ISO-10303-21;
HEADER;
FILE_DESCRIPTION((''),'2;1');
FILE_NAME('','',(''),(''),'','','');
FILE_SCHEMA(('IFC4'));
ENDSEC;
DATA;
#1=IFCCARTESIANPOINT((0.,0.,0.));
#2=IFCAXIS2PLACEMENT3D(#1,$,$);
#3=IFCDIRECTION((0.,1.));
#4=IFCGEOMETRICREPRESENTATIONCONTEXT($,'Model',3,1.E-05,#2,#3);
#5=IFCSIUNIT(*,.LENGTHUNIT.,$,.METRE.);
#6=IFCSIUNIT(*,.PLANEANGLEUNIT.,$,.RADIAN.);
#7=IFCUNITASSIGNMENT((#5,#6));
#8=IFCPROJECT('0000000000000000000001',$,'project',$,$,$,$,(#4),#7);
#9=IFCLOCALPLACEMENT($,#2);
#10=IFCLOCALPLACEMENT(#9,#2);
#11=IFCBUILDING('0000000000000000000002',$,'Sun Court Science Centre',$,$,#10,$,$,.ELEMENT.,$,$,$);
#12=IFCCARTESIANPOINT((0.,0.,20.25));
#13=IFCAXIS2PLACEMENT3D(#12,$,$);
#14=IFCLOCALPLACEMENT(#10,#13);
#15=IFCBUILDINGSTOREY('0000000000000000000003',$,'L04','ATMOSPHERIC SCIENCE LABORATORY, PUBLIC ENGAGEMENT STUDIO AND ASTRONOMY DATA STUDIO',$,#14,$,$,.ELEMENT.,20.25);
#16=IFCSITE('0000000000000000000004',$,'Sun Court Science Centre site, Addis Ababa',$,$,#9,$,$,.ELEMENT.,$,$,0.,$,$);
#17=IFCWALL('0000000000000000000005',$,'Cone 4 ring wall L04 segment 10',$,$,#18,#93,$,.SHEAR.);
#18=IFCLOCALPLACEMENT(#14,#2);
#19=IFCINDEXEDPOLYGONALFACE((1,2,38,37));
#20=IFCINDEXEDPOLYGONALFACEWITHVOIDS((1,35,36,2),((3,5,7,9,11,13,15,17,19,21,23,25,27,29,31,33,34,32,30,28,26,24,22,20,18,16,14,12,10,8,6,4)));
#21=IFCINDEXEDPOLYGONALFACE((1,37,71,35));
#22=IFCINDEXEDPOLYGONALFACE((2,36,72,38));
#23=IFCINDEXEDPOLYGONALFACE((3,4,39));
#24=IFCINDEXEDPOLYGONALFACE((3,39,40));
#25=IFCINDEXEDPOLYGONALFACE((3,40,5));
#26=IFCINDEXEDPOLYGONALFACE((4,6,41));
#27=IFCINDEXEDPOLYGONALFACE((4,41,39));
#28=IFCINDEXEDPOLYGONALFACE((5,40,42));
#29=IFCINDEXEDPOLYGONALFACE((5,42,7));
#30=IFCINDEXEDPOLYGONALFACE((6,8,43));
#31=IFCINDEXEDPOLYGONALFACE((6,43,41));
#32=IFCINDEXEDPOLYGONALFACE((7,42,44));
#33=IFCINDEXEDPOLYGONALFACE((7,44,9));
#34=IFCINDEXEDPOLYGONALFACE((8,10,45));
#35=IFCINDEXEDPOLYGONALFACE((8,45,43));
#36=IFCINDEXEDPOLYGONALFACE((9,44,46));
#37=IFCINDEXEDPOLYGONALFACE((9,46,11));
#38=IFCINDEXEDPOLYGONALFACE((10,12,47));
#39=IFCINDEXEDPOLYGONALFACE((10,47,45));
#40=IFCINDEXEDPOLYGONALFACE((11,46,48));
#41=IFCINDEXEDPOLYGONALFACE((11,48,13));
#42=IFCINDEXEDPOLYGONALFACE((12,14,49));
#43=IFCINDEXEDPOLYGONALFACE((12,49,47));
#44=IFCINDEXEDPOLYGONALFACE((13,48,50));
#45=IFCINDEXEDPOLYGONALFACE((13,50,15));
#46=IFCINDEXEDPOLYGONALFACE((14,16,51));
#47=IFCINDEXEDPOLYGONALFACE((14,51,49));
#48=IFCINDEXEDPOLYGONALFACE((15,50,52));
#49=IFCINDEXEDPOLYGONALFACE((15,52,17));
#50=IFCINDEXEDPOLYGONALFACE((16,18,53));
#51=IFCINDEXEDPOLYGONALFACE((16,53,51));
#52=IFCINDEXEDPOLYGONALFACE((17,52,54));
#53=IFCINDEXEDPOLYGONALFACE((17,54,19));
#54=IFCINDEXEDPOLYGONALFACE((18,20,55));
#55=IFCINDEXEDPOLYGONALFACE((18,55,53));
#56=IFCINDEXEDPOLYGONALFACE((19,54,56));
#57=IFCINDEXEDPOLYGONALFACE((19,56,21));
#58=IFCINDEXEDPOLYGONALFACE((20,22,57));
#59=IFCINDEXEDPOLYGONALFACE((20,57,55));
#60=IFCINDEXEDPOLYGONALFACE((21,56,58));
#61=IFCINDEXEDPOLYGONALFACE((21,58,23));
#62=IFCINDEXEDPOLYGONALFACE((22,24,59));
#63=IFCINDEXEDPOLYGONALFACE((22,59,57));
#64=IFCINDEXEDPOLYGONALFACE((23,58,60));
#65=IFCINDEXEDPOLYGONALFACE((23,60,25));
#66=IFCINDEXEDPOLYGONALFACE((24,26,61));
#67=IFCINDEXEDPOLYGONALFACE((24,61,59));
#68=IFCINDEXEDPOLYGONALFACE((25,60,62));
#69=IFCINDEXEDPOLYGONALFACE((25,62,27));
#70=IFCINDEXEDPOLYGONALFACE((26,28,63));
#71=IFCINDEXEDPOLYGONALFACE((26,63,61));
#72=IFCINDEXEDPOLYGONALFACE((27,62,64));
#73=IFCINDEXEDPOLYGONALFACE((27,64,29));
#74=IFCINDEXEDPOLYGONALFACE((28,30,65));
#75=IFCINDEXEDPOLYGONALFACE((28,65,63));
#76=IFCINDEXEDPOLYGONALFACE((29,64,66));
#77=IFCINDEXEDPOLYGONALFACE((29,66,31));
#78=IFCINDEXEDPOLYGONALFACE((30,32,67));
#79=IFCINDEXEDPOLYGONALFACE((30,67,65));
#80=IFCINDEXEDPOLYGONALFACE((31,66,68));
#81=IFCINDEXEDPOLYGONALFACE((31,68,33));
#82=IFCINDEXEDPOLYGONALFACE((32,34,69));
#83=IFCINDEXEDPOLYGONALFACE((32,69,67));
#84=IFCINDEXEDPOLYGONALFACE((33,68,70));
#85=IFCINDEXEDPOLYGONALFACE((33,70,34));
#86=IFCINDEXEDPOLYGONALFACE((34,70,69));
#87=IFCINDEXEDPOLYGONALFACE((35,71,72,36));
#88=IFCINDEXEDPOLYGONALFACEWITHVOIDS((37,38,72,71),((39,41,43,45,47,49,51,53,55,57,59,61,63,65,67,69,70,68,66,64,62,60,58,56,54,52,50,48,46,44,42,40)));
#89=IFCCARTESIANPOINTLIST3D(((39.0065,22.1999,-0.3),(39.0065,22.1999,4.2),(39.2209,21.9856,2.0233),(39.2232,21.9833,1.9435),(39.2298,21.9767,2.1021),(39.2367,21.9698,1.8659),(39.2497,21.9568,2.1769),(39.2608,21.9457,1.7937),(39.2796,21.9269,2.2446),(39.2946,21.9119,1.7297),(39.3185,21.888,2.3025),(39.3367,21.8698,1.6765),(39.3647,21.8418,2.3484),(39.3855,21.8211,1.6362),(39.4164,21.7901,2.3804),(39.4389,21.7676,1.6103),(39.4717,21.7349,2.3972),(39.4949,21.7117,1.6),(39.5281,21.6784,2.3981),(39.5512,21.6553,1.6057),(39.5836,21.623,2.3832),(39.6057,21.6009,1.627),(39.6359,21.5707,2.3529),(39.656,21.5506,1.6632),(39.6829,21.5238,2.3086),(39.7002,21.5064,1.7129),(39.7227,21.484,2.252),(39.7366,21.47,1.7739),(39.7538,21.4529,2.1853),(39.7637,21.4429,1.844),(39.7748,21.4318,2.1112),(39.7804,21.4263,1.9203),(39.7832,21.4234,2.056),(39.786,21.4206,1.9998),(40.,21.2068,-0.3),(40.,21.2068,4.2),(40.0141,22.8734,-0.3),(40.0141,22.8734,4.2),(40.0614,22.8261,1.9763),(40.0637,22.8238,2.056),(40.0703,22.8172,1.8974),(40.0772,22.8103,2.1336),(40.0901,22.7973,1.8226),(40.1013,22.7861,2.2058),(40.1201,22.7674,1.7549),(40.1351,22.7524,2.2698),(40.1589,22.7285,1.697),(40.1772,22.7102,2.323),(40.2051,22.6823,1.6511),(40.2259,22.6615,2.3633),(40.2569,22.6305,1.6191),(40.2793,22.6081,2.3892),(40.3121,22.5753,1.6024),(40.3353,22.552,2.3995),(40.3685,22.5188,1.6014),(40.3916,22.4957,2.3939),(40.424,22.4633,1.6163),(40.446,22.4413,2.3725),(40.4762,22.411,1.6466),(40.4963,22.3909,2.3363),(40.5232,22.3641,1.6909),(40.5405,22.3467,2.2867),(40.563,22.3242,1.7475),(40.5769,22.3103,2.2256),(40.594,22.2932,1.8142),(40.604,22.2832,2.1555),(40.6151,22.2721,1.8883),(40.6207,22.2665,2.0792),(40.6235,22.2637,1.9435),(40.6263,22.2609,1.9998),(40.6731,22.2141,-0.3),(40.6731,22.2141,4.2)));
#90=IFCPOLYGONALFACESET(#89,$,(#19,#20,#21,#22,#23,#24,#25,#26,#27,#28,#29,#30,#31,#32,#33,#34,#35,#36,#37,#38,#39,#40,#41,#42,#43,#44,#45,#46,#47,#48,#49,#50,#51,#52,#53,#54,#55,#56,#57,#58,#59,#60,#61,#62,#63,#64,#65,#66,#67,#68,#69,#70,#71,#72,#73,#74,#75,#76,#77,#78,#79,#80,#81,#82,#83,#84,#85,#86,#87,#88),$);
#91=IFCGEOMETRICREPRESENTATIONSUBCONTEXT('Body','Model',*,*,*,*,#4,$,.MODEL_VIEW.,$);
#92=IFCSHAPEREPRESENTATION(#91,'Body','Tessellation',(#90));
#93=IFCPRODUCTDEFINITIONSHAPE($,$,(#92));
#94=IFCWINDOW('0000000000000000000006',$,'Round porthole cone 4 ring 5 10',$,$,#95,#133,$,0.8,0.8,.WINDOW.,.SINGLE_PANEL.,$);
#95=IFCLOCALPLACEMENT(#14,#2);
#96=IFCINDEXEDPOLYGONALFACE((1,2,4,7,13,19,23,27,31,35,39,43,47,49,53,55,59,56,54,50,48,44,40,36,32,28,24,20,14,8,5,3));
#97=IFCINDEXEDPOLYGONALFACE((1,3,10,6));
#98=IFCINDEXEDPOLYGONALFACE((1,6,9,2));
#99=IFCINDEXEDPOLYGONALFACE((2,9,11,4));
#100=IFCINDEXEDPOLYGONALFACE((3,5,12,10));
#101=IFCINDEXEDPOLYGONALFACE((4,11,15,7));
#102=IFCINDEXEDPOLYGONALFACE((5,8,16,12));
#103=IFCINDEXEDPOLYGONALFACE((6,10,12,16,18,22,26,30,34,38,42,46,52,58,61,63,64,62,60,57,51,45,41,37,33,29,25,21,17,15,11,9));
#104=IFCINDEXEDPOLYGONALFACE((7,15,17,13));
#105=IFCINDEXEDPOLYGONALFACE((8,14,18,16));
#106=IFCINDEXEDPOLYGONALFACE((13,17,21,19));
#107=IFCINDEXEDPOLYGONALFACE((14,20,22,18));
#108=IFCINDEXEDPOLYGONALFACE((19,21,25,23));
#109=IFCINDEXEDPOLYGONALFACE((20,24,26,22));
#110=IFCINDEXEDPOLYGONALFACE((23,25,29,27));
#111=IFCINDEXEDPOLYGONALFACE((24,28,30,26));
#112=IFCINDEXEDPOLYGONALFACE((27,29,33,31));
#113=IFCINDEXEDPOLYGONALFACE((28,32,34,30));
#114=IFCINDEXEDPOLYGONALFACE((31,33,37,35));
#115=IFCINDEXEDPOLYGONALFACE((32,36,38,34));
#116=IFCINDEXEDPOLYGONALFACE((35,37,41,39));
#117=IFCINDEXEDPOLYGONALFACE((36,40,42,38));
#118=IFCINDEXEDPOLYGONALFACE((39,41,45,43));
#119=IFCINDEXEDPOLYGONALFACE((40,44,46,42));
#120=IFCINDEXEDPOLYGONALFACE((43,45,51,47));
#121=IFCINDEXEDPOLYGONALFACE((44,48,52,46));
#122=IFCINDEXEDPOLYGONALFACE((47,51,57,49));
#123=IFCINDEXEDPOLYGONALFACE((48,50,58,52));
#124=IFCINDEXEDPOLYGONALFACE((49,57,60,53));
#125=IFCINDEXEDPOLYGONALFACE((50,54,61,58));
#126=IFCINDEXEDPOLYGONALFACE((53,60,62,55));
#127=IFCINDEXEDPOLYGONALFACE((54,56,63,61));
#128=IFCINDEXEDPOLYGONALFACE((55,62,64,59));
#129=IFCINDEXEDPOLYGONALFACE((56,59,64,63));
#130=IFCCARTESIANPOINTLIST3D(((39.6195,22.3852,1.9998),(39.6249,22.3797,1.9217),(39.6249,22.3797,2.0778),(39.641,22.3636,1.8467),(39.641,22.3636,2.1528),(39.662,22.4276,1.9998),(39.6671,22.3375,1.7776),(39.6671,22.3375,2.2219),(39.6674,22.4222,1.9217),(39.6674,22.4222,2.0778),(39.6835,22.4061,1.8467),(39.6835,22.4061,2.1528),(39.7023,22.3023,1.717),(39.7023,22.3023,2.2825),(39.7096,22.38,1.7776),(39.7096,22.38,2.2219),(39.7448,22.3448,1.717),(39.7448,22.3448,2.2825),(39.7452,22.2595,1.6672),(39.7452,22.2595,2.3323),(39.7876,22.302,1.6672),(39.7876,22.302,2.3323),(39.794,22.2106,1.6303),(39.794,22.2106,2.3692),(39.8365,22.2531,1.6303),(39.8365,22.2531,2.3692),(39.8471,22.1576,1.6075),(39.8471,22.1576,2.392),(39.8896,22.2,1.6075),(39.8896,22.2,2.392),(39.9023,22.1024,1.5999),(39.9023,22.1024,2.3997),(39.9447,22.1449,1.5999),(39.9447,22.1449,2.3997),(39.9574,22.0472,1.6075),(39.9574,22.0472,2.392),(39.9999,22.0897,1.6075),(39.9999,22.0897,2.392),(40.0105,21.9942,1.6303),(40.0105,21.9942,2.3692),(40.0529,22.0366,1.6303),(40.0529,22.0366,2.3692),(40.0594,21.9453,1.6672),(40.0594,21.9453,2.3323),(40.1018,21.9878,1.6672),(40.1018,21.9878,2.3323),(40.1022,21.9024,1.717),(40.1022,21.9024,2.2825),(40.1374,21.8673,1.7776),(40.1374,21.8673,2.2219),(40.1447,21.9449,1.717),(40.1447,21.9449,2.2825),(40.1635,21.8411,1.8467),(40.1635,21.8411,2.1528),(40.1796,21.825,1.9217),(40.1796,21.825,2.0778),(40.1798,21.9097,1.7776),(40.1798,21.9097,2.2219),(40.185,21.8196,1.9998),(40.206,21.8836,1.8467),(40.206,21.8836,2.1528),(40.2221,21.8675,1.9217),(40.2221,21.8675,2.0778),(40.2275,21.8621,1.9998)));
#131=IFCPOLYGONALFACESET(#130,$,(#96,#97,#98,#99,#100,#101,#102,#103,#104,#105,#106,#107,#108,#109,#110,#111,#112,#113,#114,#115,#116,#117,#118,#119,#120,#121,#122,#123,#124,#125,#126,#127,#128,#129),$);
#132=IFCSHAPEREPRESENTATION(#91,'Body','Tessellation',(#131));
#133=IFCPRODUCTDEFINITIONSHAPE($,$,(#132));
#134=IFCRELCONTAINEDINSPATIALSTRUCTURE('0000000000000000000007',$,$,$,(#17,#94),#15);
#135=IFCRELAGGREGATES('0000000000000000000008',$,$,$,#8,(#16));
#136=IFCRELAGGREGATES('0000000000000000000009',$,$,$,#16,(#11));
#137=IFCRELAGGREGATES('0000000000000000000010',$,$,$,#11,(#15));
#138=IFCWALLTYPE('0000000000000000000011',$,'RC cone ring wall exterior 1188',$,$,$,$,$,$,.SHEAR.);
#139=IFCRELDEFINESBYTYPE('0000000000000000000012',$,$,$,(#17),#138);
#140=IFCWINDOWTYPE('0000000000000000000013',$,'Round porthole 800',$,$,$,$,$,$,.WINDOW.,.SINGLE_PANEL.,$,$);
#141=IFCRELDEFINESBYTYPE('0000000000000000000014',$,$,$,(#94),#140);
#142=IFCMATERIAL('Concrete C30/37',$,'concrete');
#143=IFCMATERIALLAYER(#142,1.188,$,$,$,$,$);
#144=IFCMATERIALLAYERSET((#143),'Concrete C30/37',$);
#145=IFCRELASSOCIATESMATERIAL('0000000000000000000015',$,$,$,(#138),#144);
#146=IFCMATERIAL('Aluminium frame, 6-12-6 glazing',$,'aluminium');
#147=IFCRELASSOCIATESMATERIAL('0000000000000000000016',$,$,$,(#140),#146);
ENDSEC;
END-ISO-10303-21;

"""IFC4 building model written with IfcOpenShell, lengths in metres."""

from ifc_helpers import new_model, si_unit, direction, frame, frame_2d, origin, place, context, subcontext, project, spatial, polyline, circle, outline, extrude, material, layer, layer_set, type_object, element, fill, save


model = new_model("IFC4")

# Units and contexts
model_context = context("Model", 3, precision=1e-05, world=origin(), true_north=direction((0.0, 1.0)))
body_context = subcontext(model_context, "Body", "Model", "MODEL_VIEW")
ifc_project = project(units=[si_unit("LENGTHUNIT", "METRE"), si_unit("PLANEANGLEUNIT", "RADIAN")], contexts=[model_context])

# Site, building, storey
site_placement = place(None, origin())
site = spatial("IfcSite", under=ifc_project, at=site_placement, Name="Sun Court Science Centre site, Addis Ababa", CompositionType="ELEMENT", RefElevation=0.0)
building_placement = place(site_placement, origin())
building = spatial("IfcBuilding", under=site, at=building_placement, Name="Sun Court Science Centre", CompositionType="ELEMENT")
storey_placement = place(building_placement, frame((0.0, 0.0, 20.25)))
storey = spatial("IfcBuildingStorey", under=building, at=storey_placement, Name="L04", Description="ATMOSPHERIC SCIENCE LABORATORY, PUBLIC ENGAGEMENT STUDIO AND ASTRONOMY DATA STUDIO", CompositionType="ELEMENT", Elevation=20.25)

# Wall, opening, window
ifc_material_1 = material(Name="Concrete C30/37", Category="concrete")
ifc_layer = layer(ifc_material_1, 1.188)
ifc_layer_set = layer_set([ifc_layer], Name="Concrete C30/37")
wall_type = type_object("IfcWallType", Name="RC cone ring wall exterior 1188", PredefinedType="SHEAR", material=ifc_layer_set)
ifc_material_2 = material(Name="Aluminium frame, 6-12-6 glazing", Category="aluminium")
window_type = type_object("IfcWindowType", Name="Round porthole 800", PartitioningType="SINGLE_PANEL", PredefinedType="WINDOW", material=ifc_material_2)
wall_1_placement = place(storey_placement, frame((39.427, 22.6201, -0.3), z_axis=(0.0, 0.0, 1.0), x_axis=(0.707107, -0.707107, 0.0)))
wall_1 = element("IfcWall", 1, at=wall_1_placement, inside=storey, type_object=wall_type, Name="Cone 4 ring wall L04 segment 10", PredefinedType="SHEAR", context=body_context, shape_type="SweptSolid", body=[
    extrude(outline(polyline([(-0.0002, -0.5945), (1.4045, -0.5942), (1.1682, 0.594), (0.2361, 0.5942), (-0.0002, -0.5945)])), origin(), (0.0, 0.0, 1.0), 4.5),
])
opening_1_placement = place(wall_1_placement, frame((0.3022, 0.0, 1.8999)))
opening_1 = element("IfcOpeningElement", 2, at=opening_1_placement, cuts=wall_1, PredefinedType="OPENING", context=body_context, shape_type="SweptSolid", body=[
    extrude(circle(Radius=0.3999, at=frame_2d((0.3999, 0.3999))), frame((0.0, 0.6042, 0.0), z_axis=(0.0, -1.0, 0.0), x_axis=(1.0, 0.0, 0.0)), (0.0, 0.0, 1.0), 1.2085),
])
window_1_placement = place(opening_1_placement, origin())
window_1 = element("IfcWindow", 3, at=window_1_placement, inside=storey, type_object=window_type, Name="Round porthole cone 4 ring 5 10", OverallHeight=0.8, OverallWidth=0.8, PartitioningType="SINGLE_PANEL", PredefinedType="WINDOW", context=body_context, shape_type="SweptSolid", body=[
    extrude(circle(Radius=0.3999, at=frame_2d((0.3999, 0.3999))), frame((0.0, 0.03, 0.0), z_axis=(0.0, -1.0, 0.0), x_axis=(1.0, 0.0, 0.0)), (0.0, 0.0, 1.0), 0.0601),
])
fill(opening_1, window_1)

save(model, "model.ifc")
